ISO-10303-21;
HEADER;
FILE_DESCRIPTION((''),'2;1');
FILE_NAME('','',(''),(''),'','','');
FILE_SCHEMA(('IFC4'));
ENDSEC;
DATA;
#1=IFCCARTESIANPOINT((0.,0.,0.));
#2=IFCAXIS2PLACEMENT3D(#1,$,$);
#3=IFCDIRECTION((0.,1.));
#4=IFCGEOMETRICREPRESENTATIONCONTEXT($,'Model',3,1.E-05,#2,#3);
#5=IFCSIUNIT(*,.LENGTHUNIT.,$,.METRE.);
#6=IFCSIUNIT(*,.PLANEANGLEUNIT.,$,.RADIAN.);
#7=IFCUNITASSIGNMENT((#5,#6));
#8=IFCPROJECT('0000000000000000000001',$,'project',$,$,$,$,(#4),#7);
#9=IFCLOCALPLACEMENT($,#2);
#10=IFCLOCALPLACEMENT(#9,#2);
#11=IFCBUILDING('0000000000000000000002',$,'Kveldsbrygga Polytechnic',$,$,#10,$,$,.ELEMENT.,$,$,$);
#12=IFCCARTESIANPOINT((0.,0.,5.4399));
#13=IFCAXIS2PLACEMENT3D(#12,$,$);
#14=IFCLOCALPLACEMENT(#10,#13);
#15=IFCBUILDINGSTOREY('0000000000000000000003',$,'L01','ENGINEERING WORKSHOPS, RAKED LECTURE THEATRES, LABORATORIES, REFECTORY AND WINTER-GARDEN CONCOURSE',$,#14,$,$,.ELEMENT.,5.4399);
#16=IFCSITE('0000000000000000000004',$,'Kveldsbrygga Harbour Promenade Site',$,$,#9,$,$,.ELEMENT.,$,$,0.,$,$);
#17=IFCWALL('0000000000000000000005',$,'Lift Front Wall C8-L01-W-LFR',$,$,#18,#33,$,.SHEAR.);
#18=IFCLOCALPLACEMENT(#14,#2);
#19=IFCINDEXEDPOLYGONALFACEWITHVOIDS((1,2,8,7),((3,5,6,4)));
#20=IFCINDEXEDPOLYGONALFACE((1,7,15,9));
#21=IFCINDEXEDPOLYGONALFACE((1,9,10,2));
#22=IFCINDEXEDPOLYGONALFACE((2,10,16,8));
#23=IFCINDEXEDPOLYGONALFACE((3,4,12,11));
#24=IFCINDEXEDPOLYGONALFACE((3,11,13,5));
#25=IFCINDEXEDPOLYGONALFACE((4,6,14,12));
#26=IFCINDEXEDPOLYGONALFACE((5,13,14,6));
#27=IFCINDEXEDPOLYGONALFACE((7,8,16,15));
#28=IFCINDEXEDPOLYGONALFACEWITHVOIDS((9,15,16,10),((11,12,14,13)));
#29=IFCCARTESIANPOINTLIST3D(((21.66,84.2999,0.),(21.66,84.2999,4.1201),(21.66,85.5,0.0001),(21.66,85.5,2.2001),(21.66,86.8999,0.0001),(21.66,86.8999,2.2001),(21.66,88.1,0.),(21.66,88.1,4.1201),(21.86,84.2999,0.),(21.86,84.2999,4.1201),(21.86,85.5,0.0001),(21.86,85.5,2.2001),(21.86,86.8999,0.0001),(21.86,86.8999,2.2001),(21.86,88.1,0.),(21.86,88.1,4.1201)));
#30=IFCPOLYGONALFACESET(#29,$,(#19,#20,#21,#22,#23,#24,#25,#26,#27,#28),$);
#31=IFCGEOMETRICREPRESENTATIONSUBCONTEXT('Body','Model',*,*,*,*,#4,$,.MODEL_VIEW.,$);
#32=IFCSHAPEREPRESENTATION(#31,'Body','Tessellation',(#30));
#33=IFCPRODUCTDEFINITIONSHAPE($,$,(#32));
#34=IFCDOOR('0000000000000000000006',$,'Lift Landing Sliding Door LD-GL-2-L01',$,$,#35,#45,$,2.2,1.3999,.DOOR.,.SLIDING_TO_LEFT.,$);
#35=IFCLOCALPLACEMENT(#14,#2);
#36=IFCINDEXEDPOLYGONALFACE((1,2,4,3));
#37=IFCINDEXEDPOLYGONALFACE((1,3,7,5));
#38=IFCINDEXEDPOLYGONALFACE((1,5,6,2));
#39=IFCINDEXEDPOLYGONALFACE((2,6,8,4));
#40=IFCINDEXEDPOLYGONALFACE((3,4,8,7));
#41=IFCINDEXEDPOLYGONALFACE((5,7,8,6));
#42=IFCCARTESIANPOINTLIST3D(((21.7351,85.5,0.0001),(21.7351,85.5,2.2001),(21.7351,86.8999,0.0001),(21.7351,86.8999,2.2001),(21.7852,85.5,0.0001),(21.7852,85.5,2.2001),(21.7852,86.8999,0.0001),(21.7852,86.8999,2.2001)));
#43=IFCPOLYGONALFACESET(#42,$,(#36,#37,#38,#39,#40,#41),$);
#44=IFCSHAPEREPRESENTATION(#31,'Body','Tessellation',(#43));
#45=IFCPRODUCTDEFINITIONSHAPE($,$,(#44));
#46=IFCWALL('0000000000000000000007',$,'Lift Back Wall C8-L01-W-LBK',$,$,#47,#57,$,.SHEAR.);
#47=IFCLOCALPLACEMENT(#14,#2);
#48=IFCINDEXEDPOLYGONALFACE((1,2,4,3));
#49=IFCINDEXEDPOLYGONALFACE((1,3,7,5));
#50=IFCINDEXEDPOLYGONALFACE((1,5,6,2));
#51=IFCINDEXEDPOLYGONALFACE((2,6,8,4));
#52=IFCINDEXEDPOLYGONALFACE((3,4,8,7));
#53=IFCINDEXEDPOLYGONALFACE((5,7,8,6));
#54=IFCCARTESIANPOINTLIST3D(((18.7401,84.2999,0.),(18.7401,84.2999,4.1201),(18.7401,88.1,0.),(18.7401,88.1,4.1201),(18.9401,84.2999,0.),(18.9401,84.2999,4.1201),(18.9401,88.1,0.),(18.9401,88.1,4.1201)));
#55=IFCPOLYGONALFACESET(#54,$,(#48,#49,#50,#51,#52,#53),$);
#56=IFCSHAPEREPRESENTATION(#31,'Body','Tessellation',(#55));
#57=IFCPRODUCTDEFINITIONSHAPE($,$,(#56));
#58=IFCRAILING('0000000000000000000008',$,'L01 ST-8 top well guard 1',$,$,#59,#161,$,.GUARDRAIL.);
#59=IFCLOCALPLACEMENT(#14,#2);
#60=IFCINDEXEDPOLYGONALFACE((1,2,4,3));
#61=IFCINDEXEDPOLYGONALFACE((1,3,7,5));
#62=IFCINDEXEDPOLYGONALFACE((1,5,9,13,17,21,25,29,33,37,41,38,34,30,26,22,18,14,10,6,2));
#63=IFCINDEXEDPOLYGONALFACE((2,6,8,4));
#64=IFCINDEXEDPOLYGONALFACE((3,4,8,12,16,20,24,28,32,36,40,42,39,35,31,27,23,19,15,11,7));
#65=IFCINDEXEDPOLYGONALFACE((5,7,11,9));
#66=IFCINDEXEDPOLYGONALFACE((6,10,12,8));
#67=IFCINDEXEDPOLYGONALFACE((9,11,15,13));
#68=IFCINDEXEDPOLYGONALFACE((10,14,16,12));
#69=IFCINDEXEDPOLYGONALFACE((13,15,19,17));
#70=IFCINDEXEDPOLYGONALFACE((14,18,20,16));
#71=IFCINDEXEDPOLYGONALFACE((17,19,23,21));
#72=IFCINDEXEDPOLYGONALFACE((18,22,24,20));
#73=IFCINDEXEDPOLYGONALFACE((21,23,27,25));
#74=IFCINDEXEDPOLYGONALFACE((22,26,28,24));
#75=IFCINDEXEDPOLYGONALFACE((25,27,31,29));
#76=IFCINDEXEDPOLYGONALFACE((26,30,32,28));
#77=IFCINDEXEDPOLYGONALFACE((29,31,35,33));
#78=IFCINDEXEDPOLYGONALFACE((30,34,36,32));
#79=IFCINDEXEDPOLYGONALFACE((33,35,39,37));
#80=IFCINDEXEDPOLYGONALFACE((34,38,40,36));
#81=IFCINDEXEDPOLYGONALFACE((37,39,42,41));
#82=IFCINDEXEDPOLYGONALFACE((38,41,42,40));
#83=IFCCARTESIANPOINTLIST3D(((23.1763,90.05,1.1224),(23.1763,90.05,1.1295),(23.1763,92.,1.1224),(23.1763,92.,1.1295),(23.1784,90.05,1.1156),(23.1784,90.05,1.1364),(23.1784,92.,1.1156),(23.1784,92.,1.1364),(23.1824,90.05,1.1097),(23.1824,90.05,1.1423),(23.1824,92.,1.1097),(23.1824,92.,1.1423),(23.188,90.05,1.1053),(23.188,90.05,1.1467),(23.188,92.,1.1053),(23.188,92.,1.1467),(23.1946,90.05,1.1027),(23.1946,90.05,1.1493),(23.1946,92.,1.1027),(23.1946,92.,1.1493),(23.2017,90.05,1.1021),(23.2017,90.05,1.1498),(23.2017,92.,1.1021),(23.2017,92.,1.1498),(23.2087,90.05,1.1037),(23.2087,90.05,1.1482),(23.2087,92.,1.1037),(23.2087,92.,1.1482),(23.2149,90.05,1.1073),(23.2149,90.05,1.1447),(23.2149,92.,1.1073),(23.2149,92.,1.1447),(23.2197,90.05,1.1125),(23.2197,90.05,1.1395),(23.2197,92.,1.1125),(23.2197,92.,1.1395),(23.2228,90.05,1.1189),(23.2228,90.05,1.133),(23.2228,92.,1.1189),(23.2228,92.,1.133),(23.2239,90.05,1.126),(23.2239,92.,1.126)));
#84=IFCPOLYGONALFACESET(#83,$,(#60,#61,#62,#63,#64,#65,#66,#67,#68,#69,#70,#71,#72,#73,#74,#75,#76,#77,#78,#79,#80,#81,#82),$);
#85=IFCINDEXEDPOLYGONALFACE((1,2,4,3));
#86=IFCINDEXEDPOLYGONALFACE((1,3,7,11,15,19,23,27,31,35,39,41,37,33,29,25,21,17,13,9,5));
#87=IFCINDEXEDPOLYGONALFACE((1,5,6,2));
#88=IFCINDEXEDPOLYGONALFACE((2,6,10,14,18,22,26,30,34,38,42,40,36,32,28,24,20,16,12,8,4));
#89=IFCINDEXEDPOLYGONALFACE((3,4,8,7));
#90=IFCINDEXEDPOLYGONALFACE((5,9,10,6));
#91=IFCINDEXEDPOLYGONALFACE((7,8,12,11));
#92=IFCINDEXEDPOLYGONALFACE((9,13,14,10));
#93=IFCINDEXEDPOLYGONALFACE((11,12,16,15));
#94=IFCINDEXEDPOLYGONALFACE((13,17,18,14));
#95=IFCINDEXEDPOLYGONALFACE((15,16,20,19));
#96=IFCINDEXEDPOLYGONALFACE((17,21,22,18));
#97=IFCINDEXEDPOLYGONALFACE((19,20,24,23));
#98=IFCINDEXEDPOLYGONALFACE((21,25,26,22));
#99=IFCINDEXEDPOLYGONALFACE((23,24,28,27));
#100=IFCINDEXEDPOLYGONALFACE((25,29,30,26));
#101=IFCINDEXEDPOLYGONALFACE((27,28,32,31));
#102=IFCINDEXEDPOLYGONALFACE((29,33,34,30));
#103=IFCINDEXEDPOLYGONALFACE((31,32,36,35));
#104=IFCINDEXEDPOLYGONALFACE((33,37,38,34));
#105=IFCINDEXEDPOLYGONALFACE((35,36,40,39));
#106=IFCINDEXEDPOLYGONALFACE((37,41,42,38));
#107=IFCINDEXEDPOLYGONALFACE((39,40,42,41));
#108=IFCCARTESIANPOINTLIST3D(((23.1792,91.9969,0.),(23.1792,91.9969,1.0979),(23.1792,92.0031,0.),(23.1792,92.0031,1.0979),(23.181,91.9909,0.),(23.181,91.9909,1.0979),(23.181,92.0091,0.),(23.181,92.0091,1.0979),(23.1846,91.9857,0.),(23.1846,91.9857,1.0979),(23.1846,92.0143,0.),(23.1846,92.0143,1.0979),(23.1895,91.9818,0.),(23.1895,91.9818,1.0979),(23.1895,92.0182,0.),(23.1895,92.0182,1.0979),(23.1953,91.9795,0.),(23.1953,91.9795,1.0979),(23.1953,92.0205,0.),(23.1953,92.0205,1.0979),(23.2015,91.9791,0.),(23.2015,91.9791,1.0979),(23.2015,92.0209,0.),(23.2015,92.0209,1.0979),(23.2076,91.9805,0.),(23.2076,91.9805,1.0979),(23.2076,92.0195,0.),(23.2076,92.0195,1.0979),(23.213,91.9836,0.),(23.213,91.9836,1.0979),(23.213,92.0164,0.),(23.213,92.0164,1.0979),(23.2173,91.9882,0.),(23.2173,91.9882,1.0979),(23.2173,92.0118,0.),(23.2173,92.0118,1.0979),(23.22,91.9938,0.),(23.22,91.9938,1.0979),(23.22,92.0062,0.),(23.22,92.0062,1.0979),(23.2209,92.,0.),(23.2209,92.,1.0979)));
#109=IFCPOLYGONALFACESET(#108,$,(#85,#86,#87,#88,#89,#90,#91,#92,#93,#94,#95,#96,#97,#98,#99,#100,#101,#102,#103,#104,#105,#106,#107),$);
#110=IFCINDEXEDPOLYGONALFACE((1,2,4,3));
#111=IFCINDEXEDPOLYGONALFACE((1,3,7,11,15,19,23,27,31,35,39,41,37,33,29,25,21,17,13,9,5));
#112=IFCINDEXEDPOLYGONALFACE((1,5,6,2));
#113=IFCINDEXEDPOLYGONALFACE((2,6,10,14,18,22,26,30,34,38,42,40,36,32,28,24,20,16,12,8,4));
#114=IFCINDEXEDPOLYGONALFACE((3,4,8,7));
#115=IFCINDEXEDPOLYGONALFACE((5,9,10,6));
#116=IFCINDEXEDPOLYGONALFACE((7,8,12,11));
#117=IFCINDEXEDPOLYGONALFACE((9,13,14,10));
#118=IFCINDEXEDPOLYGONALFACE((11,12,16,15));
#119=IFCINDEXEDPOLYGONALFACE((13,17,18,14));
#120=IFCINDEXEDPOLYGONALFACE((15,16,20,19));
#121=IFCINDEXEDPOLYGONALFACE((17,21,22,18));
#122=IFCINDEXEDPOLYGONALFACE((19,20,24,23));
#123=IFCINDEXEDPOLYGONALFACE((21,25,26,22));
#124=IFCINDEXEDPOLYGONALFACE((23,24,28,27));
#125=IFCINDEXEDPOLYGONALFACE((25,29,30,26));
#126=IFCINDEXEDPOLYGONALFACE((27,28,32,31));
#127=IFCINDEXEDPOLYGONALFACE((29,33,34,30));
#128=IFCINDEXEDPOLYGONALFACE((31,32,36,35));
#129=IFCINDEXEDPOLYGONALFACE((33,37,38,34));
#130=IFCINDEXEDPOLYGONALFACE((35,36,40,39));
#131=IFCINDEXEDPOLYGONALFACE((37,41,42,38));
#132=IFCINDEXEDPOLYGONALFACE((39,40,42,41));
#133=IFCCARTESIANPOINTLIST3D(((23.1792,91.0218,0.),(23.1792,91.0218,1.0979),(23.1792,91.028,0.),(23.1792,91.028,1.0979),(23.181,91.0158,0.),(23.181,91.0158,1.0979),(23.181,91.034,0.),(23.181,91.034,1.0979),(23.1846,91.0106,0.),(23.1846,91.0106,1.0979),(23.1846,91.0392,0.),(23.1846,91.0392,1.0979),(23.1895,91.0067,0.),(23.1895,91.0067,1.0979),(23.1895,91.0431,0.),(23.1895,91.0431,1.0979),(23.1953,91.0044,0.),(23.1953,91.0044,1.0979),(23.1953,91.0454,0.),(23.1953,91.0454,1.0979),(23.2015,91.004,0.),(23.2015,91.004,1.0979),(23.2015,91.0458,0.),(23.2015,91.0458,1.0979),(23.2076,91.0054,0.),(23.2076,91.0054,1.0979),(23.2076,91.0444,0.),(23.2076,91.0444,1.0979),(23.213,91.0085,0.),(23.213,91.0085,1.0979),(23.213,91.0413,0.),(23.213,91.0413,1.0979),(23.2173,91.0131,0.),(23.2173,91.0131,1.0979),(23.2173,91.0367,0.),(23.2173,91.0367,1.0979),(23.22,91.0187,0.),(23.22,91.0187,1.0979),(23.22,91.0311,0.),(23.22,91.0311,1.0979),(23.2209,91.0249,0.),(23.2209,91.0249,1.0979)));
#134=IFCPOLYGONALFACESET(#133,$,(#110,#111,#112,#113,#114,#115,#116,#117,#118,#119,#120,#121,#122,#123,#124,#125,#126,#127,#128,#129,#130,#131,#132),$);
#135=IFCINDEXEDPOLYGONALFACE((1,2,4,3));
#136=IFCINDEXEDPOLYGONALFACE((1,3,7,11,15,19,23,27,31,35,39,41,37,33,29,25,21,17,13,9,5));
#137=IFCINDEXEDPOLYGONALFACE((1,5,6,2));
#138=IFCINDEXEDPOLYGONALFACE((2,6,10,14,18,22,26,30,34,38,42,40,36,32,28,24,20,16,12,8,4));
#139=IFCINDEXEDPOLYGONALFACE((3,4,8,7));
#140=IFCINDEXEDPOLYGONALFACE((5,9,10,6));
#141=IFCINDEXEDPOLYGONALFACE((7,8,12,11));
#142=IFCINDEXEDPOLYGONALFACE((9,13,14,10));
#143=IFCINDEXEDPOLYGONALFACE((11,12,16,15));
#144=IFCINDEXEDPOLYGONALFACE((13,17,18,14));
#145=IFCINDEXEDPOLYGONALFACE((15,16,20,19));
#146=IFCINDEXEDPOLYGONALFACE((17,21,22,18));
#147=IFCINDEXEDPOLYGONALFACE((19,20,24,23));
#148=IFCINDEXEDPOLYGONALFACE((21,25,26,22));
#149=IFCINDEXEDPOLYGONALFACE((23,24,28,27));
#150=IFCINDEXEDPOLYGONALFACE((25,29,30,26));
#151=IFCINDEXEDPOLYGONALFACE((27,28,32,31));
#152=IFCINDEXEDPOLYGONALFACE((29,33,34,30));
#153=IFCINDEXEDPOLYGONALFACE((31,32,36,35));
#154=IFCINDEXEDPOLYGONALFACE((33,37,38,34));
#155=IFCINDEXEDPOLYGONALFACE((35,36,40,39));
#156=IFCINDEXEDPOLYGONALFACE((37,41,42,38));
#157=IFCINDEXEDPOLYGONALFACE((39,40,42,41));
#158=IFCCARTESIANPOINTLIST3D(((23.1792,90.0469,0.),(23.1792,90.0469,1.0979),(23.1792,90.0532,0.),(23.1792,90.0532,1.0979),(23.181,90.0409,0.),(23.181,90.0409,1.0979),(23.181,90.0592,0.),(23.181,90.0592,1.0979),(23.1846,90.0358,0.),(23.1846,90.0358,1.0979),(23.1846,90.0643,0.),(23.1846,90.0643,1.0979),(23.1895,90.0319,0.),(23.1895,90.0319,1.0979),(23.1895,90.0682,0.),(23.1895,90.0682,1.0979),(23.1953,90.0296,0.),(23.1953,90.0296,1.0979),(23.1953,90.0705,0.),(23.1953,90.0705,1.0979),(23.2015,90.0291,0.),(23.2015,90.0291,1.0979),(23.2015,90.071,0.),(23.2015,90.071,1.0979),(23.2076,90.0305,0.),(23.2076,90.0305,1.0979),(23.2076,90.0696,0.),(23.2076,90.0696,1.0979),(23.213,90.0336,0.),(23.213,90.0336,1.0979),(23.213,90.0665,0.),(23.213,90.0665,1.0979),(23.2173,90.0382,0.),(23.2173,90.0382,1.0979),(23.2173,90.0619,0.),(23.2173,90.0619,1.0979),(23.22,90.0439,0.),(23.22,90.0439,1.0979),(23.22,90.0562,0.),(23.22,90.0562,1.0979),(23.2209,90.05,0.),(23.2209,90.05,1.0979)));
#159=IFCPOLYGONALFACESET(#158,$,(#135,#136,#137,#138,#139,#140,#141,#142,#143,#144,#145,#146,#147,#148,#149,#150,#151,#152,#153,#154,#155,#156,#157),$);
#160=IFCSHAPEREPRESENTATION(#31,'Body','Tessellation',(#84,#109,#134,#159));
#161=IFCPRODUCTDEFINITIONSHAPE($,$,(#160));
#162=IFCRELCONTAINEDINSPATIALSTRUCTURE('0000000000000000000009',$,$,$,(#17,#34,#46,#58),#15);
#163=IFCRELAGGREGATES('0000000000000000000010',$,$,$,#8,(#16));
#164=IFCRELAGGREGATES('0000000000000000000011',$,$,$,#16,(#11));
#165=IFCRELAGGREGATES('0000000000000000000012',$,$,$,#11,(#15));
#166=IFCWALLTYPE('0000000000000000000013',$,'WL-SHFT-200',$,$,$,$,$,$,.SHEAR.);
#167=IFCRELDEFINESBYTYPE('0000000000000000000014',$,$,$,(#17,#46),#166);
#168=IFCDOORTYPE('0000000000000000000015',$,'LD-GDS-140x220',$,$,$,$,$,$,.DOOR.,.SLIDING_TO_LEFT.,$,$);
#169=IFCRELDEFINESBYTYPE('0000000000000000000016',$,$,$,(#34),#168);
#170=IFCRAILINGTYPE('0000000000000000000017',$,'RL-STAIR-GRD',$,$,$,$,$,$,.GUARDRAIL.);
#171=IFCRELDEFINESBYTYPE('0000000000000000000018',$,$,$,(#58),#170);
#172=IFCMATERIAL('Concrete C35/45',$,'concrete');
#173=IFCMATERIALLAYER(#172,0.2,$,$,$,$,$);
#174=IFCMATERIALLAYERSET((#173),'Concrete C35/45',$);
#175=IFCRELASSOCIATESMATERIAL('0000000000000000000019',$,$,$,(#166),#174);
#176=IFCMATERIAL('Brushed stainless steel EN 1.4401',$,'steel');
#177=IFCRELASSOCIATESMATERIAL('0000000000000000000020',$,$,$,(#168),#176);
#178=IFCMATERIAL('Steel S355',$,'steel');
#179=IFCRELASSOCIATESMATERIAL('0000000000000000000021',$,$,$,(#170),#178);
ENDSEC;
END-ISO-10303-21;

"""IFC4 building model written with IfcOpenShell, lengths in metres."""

from ifc_helpers import new_model, si_unit, direction, frame, frame_2d, origin, origin_2d, place, context, subcontext, project, spatial, rectangle, circle, extrude, material, layer, layer_set, type_object, element, fill, save


model = new_model("IFC4")

# Units and contexts
model_context = context("Model", 3, precision=1e-05, world=origin(), true_north=direction((0.0, 1.0)))
body_context = subcontext(model_context, "Body", "Model", "MODEL_VIEW")
ifc_project = project(units=[si_unit("LENGTHUNIT", "METRE"), si_unit("PLANEANGLEUNIT", "RADIAN")], contexts=[model_context])

# Site, building, storey
site_placement = place(None, origin())
site = spatial("IfcSite", under=ifc_project, at=site_placement, Name="Kveldsbrygga Harbour Promenade Site", CompositionType="ELEMENT", RefElevation=0.0)
building_placement = place(site_placement, origin())
building = spatial("IfcBuilding", under=site, at=building_placement, Name="Kveldsbrygga Polytechnic", CompositionType="ELEMENT")
storey_placement = place(building_placement, frame((0.0, 0.0, 5.4399)))
storey = spatial("IfcBuildingStorey", under=building, at=storey_placement, Name="L01", Description="ENGINEERING WORKSHOPS, RAKED LECTURE THEATRES, LABORATORIES, REFECTORY AND WINTER-GARDEN CONCOURSE", CompositionType="ELEMENT", Elevation=5.4399)

# Shared definitions
ifc_material_1 = material(Name="Steel S355", Category="steel")

# Wall, opening, door
ifc_material_2 = material(Name="Concrete C35/45", Category="concrete")
ifc_layer_1 = layer(ifc_material_2, 0.2)
ifc_layer_set_1 = layer_set([ifc_layer_1], Name="Concrete C35/45")
wall_type_1 = type_object("IfcWallType", Name="WL-SHFT-200", PredefinedType="SHEAR", material=ifc_layer_set_1)
wall_1_placement = place(storey_placement, frame((21.76, 84.3, 0.0), z_axis=(0.0, 0.0, 1.0), x_axis=(0.0, 1.0, 0.0)))
wall_1 = element("IfcWall", 1, at=wall_1_placement, inside=storey, type_object=wall_type_1, Name="Lift Front Wall C8-L01-W-LFR", PredefinedType="SHEAR", context=body_context, shape_type="SweptSolid", body=[
    extrude(rectangle(XDim=3.8, YDim=0.2, at=frame_2d((1.8999, 0.0))), origin(), (0.0, 0.0, 1.0), 4.1201),
])
opening_1_placement = place(wall_1_placement, frame((1.2, 0.0, 0.0)))
opening_1 = element("IfcOpeningElement", 2, at=opening_1_placement, cuts=wall_1, PredefinedType="OPENING", context=body_context, shape_type="SweptSolid", body=[
    extrude(rectangle(XDim=1.3999, YDim=2.2, at=frame_2d((0.7, 1.1001))), frame((0.0, 0.1099, 0.0), z_axis=(0.0, -1.0, 0.0), x_axis=(1.0, 0.0, 0.0)), (0.0, 0.0, 1.0), 0.22),
])
ifc_material_3 = material(Name="Brushed stainless steel EN 1.4401", Category="steel")
door_type_1 = type_object("IfcDoorType", Name="LD-GDS-140x220", OperationType="SLIDING_TO_LEFT", PredefinedType="DOOR", material=ifc_material_3)
door_1_placement = place(opening_1_placement, origin())
door_1 = element("IfcDoor", 3, at=door_1_placement, inside=storey, type_object=door_type_1, Name="Lift Landing Sliding Door LD-GL-2-L01", OperationType="SLIDING_TO_LEFT", OverallHeight=2.2, OverallWidth=1.3999, PredefinedType="DOOR", context=body_context, shape_type="SweptSolid", body=[
    extrude(rectangle(XDim=1.3999, YDim=2.2, at=frame_2d((0.7, 1.1001))), frame((0.0, 0.0249, 0.0), z_axis=(0.0, -1.0, 0.0), x_axis=(1.0, 0.0, 0.0)), (0.0, 0.0, 1.0), 0.05),
])
fill(opening_1, door_1)

# Wall
wall_2_placement = place(storey_placement, frame((18.8401, 84.3, 0.0), z_axis=(0.0, 0.0, 1.0), x_axis=(0.0, 1.0, 0.0)))
element("IfcWall", 4, at=wall_2_placement, inside=storey, type_object=wall_type_1, Name="Lift Back Wall C8-L01-W-LBK", PredefinedType="SHEAR", context=body_context, shape_type="SweptSolid", body=[
    extrude(rectangle(XDim=3.8, YDim=0.2, at=frame_2d((1.8999, 0.0))), origin(), (0.0, 0.0, 1.0), 4.1201),
])

# Railing
railing_type = type_object("IfcRailingType", Name="RL-STAIR-GRD", PredefinedType="GUARDRAIL", material=ifc_material_1)
railing_placement = place(storey_placement, frame((23.2, 92.0, 0.0)))
element("IfcRailing", 5, at=railing_placement, inside=storey, type_object=railing_type, Name="L01 ST-8 top well guard 1", PredefinedType="GUARDRAIL", context=body_context, shape_type="SweptSolid", body=[
    extrude(circle(Radius=0.0239, at=origin_2d()), frame((0.0, 0.0, 1.126), z_axis=(0.0, -1.0, 0.0), x_axis=(1.0, 0.0, 0.0)), (0.0, 0.0, 1.0), 1.95),
    extrude(circle(Radius=0.021, at=origin_2d()), origin(), (0.0, 0.0, 1.0), 1.0979),
    extrude(circle(Radius=0.021, at=origin_2d()), frame((0.0, -0.9751, 0.0)), (0.0, 0.0, 1.0), 1.0979),
    extrude(circle(Radius=0.021, at=origin_2d()), frame((0.0, -1.95, 0.0)), (0.0, 0.0, 1.0), 1.0979),
])

save(model, "model.ifc")
